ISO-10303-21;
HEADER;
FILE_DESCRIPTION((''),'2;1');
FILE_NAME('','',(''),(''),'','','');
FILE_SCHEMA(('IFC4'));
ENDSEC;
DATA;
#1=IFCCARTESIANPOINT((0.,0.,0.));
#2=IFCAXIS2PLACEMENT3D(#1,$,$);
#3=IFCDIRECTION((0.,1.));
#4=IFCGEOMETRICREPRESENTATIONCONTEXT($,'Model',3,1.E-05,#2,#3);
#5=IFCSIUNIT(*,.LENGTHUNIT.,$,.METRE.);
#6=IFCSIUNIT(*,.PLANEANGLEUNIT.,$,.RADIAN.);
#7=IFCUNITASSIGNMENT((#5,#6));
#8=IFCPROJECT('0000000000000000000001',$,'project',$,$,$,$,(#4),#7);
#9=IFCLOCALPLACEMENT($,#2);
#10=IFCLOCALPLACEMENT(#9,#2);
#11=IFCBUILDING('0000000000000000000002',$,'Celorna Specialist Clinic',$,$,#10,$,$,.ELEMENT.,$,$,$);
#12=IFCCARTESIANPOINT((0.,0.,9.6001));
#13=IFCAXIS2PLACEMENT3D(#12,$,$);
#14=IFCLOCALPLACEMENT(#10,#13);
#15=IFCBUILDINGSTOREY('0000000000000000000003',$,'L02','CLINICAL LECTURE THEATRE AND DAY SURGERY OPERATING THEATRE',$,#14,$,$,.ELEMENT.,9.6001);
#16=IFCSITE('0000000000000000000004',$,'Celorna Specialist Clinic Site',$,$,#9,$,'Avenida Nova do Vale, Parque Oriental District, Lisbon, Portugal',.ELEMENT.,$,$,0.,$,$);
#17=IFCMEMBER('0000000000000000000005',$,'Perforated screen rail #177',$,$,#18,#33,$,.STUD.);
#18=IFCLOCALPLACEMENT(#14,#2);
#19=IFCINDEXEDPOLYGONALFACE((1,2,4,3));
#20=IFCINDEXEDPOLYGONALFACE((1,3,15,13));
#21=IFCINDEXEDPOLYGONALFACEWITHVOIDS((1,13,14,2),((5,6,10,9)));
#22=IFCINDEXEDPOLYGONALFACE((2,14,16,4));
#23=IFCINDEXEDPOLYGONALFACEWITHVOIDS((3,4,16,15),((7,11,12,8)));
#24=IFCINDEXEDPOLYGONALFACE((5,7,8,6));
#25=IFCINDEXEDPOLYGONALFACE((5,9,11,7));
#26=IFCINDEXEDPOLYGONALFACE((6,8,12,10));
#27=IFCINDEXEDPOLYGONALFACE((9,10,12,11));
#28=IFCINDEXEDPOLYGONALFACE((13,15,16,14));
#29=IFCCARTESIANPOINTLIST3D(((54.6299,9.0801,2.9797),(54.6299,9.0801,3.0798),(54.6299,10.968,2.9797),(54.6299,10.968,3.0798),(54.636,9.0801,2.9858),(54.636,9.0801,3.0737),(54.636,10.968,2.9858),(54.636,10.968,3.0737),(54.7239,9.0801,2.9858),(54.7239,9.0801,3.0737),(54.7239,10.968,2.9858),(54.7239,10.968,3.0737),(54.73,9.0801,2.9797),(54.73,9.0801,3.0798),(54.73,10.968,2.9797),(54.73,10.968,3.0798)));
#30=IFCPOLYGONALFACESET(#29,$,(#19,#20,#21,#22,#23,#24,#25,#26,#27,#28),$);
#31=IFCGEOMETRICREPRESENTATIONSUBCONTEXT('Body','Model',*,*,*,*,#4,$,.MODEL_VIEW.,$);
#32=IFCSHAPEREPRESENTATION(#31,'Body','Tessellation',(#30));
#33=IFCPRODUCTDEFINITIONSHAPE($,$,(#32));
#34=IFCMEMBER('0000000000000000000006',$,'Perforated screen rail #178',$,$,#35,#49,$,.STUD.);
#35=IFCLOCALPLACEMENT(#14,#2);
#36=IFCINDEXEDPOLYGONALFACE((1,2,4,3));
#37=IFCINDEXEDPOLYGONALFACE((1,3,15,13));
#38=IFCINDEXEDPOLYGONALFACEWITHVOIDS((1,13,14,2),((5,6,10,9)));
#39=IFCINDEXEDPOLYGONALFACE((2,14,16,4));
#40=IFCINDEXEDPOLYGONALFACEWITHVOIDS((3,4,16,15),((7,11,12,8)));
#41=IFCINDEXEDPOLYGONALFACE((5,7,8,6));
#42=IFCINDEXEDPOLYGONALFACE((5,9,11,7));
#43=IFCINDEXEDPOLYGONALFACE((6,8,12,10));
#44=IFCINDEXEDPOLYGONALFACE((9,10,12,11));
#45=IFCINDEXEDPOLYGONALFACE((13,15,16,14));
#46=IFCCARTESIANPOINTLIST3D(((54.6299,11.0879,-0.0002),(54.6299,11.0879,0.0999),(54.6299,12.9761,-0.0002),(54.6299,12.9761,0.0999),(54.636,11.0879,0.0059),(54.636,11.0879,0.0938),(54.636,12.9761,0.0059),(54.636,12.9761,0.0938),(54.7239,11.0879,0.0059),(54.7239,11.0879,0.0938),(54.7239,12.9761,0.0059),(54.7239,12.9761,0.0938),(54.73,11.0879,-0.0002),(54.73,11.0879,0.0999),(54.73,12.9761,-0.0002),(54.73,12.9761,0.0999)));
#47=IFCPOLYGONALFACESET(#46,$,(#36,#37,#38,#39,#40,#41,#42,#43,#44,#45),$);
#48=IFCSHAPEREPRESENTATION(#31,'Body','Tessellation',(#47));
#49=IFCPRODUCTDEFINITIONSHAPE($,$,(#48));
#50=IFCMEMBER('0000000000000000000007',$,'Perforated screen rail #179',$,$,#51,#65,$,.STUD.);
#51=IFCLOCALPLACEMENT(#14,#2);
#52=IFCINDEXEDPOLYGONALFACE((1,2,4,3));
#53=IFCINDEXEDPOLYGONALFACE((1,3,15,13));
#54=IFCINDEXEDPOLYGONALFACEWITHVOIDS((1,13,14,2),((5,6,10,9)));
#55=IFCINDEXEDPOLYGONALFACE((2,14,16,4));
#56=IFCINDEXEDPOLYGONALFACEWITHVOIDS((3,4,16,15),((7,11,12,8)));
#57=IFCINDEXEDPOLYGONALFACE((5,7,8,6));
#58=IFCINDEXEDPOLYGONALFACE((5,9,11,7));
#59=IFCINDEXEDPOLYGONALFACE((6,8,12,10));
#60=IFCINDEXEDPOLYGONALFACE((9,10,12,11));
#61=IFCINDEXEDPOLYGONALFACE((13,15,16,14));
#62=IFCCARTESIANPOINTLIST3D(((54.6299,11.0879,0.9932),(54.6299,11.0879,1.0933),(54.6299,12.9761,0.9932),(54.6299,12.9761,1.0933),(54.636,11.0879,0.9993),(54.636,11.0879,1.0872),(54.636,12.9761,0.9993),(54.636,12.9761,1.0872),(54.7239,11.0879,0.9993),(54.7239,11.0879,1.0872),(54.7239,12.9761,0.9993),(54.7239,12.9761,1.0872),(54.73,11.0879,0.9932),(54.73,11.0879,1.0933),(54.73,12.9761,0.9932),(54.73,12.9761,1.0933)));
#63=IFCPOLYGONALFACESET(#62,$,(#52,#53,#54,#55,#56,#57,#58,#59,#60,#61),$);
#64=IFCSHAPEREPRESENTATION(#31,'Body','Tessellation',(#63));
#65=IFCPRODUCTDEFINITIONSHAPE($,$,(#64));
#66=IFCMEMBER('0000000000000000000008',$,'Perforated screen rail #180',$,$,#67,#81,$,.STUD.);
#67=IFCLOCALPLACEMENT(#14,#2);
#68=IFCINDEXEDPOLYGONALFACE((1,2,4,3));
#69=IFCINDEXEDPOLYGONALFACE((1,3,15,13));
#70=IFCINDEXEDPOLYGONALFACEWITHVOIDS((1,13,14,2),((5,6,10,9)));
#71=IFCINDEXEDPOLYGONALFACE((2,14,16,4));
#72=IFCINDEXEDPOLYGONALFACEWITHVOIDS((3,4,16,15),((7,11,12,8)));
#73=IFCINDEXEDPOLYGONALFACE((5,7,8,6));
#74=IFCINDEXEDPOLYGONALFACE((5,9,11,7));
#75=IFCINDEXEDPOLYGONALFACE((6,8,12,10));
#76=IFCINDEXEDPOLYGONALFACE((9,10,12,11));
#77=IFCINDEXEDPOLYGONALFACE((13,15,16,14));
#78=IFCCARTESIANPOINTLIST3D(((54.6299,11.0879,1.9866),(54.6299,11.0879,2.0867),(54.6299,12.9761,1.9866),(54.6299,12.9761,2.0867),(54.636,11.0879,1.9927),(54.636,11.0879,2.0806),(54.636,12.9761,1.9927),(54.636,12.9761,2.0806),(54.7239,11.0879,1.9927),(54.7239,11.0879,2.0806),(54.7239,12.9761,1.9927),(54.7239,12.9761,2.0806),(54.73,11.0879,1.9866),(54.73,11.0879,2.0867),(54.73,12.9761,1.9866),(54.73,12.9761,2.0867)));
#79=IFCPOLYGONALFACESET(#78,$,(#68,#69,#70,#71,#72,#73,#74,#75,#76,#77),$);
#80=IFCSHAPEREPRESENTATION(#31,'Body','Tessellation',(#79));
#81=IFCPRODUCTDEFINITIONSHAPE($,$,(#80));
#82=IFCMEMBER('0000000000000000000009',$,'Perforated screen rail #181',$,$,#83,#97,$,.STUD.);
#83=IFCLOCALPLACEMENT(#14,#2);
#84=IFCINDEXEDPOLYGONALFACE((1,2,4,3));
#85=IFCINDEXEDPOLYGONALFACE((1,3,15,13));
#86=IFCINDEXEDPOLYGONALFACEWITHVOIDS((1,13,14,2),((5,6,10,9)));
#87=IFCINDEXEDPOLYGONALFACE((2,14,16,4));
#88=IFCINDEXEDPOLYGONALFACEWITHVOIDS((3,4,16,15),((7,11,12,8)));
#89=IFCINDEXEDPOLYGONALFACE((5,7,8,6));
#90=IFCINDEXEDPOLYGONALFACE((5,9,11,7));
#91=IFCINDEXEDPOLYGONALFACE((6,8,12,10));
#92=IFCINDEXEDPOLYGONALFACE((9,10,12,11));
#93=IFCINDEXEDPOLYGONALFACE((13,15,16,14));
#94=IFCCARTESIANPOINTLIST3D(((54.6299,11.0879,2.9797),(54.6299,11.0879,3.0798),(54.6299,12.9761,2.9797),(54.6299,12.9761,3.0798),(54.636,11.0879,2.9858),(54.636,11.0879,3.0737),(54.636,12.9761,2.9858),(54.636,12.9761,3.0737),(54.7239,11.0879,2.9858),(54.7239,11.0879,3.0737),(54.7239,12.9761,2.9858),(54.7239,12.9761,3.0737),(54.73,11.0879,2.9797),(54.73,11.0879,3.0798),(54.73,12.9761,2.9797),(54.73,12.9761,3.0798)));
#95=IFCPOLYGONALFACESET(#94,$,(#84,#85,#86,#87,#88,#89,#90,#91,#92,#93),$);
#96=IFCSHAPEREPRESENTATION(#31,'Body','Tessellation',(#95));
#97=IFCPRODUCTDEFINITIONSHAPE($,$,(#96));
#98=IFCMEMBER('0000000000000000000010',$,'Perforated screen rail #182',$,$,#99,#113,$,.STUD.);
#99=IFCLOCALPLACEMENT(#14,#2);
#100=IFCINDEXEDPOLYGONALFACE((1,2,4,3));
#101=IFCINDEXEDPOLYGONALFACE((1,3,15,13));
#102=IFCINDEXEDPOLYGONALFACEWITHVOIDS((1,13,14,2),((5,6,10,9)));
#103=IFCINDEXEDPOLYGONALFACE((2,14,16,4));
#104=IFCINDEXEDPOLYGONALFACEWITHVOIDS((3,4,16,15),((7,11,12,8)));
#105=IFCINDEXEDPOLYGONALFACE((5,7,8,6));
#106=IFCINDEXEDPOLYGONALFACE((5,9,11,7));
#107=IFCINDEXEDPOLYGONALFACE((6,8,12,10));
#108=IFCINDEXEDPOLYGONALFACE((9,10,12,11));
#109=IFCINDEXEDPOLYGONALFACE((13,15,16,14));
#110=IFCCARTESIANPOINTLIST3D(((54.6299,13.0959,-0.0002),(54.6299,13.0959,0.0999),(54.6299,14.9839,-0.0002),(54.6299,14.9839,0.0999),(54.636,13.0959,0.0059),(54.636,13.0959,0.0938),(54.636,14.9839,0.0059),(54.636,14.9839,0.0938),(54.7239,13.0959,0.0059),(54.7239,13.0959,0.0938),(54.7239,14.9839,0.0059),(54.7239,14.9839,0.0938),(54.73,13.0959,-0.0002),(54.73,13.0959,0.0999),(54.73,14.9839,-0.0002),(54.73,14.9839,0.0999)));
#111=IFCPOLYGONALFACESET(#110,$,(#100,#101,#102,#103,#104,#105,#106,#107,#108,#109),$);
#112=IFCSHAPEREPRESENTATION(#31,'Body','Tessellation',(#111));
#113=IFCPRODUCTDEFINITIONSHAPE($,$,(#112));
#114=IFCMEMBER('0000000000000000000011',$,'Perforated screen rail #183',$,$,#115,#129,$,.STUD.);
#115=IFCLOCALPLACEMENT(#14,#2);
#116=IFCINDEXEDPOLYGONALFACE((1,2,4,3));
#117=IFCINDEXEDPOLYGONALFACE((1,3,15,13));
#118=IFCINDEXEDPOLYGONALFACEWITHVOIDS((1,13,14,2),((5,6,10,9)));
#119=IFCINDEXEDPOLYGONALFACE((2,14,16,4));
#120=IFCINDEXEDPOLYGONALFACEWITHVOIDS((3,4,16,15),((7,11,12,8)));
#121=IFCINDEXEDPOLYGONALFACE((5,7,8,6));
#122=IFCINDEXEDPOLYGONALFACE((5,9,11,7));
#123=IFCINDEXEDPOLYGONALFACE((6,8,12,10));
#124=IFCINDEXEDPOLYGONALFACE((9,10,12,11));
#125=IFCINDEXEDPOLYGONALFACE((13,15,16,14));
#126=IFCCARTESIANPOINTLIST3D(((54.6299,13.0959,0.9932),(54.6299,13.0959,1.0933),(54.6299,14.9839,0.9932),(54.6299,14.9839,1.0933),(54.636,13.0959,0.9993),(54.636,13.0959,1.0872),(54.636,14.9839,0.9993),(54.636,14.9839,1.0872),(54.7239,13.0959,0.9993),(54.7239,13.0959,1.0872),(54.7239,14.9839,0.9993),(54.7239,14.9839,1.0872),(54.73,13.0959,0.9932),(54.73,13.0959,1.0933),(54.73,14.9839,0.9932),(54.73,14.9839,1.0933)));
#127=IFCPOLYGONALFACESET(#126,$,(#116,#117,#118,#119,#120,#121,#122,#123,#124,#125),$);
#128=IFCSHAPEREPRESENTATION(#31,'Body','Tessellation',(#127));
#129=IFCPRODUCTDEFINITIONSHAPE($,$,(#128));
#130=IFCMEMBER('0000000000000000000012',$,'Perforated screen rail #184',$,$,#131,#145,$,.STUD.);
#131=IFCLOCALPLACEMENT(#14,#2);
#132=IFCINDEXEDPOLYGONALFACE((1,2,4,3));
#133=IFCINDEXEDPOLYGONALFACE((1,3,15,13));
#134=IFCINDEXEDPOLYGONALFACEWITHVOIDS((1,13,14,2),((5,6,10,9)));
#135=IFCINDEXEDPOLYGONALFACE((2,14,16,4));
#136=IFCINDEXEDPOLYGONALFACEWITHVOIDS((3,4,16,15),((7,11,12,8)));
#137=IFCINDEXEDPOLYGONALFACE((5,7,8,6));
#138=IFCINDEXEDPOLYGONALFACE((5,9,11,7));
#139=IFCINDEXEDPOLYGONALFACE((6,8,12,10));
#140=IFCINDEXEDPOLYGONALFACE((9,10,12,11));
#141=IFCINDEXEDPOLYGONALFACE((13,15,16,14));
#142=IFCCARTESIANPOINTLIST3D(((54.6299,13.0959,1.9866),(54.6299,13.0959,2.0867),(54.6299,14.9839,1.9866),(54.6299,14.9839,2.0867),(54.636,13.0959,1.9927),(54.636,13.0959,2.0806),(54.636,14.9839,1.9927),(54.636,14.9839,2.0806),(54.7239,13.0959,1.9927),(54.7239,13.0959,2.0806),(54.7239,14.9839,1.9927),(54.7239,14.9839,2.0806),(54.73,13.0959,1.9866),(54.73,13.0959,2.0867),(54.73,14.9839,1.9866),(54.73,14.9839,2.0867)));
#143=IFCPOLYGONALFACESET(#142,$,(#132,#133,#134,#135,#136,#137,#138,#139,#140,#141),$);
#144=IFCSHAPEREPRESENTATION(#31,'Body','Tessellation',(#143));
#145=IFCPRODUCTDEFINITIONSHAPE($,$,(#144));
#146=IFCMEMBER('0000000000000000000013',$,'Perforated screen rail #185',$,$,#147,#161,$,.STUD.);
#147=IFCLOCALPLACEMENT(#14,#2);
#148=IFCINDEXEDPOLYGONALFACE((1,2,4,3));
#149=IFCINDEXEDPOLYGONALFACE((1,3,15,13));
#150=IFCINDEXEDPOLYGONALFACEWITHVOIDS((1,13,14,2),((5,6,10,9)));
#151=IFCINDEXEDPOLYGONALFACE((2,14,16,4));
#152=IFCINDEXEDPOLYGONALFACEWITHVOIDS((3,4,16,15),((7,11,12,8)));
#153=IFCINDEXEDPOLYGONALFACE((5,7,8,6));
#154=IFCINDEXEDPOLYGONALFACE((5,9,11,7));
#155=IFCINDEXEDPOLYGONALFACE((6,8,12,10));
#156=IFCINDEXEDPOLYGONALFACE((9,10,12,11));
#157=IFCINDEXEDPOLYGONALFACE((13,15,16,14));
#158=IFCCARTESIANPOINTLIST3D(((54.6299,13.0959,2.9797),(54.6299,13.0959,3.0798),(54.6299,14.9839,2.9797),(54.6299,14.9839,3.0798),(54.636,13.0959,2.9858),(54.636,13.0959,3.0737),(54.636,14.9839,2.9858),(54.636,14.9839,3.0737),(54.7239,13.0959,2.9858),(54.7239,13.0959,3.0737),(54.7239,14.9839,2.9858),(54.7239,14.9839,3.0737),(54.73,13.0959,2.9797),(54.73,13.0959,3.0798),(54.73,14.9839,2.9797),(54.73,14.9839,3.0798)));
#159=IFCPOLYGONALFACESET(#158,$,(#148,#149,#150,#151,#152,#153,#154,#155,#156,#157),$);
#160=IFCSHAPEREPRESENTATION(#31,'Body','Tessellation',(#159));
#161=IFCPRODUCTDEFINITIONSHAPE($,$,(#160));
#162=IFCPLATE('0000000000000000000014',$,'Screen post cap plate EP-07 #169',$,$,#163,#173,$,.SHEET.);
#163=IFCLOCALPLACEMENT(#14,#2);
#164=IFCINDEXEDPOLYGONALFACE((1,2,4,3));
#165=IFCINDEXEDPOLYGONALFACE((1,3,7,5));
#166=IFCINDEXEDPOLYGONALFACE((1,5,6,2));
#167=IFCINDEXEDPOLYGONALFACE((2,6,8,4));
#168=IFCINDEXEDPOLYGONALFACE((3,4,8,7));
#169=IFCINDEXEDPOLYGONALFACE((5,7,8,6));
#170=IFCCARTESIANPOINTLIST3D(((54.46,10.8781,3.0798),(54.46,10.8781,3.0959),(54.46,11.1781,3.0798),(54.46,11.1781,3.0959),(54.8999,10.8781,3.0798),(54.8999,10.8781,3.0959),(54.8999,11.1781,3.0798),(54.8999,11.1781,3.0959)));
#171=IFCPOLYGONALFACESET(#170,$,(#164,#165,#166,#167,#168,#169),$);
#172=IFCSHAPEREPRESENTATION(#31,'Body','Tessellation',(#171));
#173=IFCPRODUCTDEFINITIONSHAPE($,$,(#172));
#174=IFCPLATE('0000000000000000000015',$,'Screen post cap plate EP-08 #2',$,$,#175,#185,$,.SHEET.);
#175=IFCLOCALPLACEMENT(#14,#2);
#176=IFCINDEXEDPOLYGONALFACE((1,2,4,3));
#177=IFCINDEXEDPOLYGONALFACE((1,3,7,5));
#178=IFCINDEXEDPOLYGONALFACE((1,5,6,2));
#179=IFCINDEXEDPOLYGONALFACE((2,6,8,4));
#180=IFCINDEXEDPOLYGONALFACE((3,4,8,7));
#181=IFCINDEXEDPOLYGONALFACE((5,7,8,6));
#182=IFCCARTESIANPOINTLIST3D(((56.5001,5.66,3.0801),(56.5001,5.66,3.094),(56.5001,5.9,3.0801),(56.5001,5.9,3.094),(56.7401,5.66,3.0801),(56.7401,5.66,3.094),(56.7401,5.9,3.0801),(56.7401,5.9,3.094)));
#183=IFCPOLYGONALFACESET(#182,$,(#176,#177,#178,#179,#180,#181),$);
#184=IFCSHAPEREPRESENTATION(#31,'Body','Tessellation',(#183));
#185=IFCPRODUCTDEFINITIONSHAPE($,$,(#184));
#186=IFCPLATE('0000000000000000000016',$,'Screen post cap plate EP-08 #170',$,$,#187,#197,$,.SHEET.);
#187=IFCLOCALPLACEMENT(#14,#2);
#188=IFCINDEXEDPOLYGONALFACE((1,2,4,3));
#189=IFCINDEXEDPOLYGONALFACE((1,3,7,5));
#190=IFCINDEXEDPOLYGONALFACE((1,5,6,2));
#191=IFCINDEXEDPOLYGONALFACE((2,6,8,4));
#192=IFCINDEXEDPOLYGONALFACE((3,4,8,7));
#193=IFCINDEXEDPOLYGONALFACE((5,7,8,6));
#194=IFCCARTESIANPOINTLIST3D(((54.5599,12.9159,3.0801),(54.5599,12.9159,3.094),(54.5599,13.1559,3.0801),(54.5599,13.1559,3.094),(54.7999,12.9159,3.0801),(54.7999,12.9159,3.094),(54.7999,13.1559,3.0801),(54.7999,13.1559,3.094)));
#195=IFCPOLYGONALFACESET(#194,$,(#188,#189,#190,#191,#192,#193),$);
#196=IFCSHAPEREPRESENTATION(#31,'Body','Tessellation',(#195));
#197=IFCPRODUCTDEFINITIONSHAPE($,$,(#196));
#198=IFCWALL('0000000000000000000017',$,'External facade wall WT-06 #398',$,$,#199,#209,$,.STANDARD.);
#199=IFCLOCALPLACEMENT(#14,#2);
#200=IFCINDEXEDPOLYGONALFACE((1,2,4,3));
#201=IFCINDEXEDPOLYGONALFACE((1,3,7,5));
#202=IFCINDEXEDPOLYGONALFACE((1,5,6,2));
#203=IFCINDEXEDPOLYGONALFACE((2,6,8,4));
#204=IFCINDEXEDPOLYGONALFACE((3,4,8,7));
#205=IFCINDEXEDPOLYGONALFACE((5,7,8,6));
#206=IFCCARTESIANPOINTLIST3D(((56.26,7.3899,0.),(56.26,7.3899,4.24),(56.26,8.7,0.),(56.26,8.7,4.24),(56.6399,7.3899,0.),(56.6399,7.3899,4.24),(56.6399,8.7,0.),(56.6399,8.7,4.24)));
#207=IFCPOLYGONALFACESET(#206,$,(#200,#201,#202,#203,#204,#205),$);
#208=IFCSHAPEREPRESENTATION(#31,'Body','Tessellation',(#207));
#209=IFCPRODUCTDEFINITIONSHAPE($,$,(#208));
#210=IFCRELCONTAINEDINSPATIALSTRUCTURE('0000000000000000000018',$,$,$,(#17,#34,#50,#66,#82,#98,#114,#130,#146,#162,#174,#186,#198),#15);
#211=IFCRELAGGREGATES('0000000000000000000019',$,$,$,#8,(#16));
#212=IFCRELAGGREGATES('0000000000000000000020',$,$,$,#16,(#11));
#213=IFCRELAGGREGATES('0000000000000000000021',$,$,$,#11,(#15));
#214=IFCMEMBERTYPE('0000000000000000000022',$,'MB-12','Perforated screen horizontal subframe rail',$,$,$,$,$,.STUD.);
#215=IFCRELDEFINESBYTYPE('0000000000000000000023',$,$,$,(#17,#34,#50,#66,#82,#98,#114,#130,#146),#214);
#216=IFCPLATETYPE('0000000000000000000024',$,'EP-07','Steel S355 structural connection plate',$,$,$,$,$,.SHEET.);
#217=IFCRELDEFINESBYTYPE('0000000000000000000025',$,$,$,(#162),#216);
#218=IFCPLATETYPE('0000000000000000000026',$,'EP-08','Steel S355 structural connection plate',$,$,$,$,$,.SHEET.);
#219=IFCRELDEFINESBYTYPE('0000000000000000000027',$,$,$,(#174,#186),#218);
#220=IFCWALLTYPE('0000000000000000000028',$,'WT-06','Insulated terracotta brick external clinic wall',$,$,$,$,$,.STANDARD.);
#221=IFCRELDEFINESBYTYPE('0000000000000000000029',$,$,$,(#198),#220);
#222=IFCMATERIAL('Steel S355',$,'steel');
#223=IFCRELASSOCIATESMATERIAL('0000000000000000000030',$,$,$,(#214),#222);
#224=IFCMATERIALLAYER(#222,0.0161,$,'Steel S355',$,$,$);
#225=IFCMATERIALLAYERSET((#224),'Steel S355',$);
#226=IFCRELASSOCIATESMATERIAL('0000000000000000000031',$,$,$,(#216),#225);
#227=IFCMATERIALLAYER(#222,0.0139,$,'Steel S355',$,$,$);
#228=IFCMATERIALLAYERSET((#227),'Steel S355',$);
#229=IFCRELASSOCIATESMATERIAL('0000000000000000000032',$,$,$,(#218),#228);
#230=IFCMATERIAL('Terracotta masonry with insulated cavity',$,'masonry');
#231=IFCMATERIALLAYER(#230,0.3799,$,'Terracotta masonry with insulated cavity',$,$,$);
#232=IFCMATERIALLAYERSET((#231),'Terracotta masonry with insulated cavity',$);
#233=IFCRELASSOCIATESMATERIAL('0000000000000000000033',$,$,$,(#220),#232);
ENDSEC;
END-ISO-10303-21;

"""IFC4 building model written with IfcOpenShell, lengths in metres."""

from ifc_helpers import new_model, si_unit, direction, frame, frame_2d, origin, origin_2d, place, context, subcontext, project, spatial, rectangle, hollow_rectangle, extrude, material, layer, layer_set, material_profile, profile_set, type_object, element, save


model = new_model("IFC4")

# Units and contexts
model_context = context("Model", 3, precision=1e-05, world=origin(), true_north=direction((0.0, 1.0)))
body_context = subcontext(model_context, "Body", "Model", "MODEL_VIEW")
ifc_project = project(units=[si_unit("LENGTHUNIT", "METRE"), si_unit("PLANEANGLEUNIT", "RADIAN")], contexts=[model_context])

# Site, building, storey
site_placement = place(None, origin())
site = spatial("IfcSite", under=ifc_project, at=site_placement, Name="Celorna Specialist Clinic Site", LongName="Avenida Nova do Vale, Parque Oriental District, Lisbon, Portugal", CompositionType="ELEMENT", RefElevation=0.0)
building_placement = place(site_placement, origin())
building = spatial("IfcBuilding", under=site, at=building_placement, Name="Celorna Specialist Clinic", CompositionType="ELEMENT")
storey_placement = place(building_placement, frame((0.0, 0.0, 9.6001)))
storey = spatial("IfcBuildingStorey", under=building, at=storey_placement, Name="L02", Description="CLINICAL LECTURE THEATRE AND DAY SURGERY OPERATING THEATRE", CompositionType="ELEMENT", Elevation=9.6001)

# Members
ifc_material_1 = material(Name="Steel S355", Category="steel")
ifc_material_profile_1 = material_profile(ifc_material_1, hollow_rectangle(XDim=0.1001, YDim=0.1001, WallThickness=0.0061, at=origin_2d()), Name="SHS 100x100x6")
ifc_profile_set_1 = profile_set([ifc_material_profile_1], Name="Steel S355")
member_type_1 = type_object("IfcMemberType", Name="MB-12", Description="Perforated screen horizontal subframe rail", PredefinedType="STUD", material=ifc_profile_set_1)
for number, where, z_axis, x_axis, name in (
    (1, (54.6799, 9.0801, 3.0298), (0.0, 1.0, 0.0), (-1.0, 0.0, 0.0), "Perforated screen rail #177"),
):
    element("IfcMember", number, at=place(storey_placement, frame(where, z_axis=z_axis, x_axis=x_axis)), inside=storey, type_object=member_type_1, Name=name, PredefinedType="STUD", context=body_context, shape_type="SweptSolid", body=[
        extrude(hollow_rectangle(XDim=0.1001, YDim=0.1001, WallThickness=0.0061, at=origin_2d()), origin(), (0.0, 0.0, 1.0), 1.8879),
    ])
for number, where, z_axis, x_axis, name in (
    (2, (54.6799, 11.0879, 0.0498), (0.0, 1.0, 0.0), (-1.0, 0.0, 0.0), "Perforated screen rail #178"),
    (3, (54.6799, 11.0879, 1.0432), (0.0, 1.0, 0.0), (-1.0, 0.0, 0.0), "Perforated screen rail #179"),
    (4, (54.6799, 11.0879, 2.0366), (0.0, 1.0, 0.0), (-1.0, 0.0, 0.0), "Perforated screen rail #180"),
    (5, (54.6799, 11.0879, 3.0298), (0.0, 1.0, 0.0), (-1.0, 0.0, 0.0), "Perforated screen rail #181"),
):
    element("IfcMember", number, at=place(storey_placement, frame(where, z_axis=z_axis, x_axis=x_axis)), inside=storey, type_object=member_type_1, Name=name, PredefinedType="STUD", context=body_context, shape_type="SweptSolid", body=[
        extrude(hollow_rectangle(XDim=0.1001, YDim=0.1001, WallThickness=0.0061, at=origin_2d()), origin(), (0.0, 0.0, 1.0), 1.8882),
    ])
for number, where, z_axis, x_axis, name in (
    (6, (54.6799, 13.0959, 0.0498), (0.0, 1.0, 0.0), (-1.0, 0.0, 0.0), "Perforated screen rail #182"),
    (7, (54.6799, 13.0959, 1.0432), (0.0, 1.0, 0.0), (-1.0, 0.0, 0.0), "Perforated screen rail #183"),
    (8, (54.6799, 13.0959, 2.0366), (0.0, 1.0, 0.0), (-1.0, 0.0, 0.0), "Perforated screen rail #184"),
    (9, (54.6799, 13.0959, 3.0298), (0.0, 1.0, 0.0), (-1.0, 0.0, 0.0), "Perforated screen rail #185"),
):
    element("IfcMember", number, at=place(storey_placement, frame(where, z_axis=z_axis, x_axis=x_axis)), inside=storey, type_object=member_type_1, Name=name, PredefinedType="STUD", context=body_context, shape_type="SweptSolid", body=[
        extrude(hollow_rectangle(XDim=0.1001, YDim=0.1001, WallThickness=0.0061, at=origin_2d()), origin(), (0.0, 0.0, 1.0), 1.8879),
    ])

# Plates
ifc_layer_1 = layer(ifc_material_1, 0.0161, Name="Steel S355")
ifc_layer_set_1 = layer_set([ifc_layer_1], Name="Steel S355")
plate_type_1 = type_object("IfcPlateType", Name="EP-07", Description="Steel S355 structural connection plate", PredefinedType="SHEET", material=ifc_layer_set_1)
plate_placement = place(storey_placement, frame((54.6799, 11.0281, 3.0798), z_axis=(0.0, 0.0, 1.0), x_axis=(0.0, 1.0, 0.0)))
element("IfcPlate", 10, at=plate_placement, inside=storey, type_object=plate_type_1, Name="Screen post cap plate EP-07 #169", PredefinedType="SHEET", context=body_context, shape_type="SweptSolid", body=[
    extrude(rectangle(XDim=0.3, YDim=0.4399, at=origin_2d()), origin(), (0.0, 0.0, 1.0), 0.0161),
])
ifc_layer_2 = layer(ifc_material_1, 0.0139, Name="Steel S355")
ifc_layer_set_2 = layer_set([ifc_layer_2], Name="Steel S355")
plate_type_2 = type_object("IfcPlateType", Name="EP-08", Description="Steel S355 structural connection plate", PredefinedType="SHEET", material=ifc_layer_set_2)
for number, where, z_axis, x_axis, name in (
    (11, (56.6201, 5.78, 3.0801), (0.0, 0.0, 1.0), (1.0, 0.0, 0.0), "Screen post cap plate EP-08 #2"),
    (12, (54.6799, 13.0359, 3.0801), (0.0, 0.0, 1.0), (0.0, 1.0, 0.0), "Screen post cap plate EP-08 #170"),
):
    element("IfcPlate", number, at=place(storey_placement, frame(where, z_axis=z_axis, x_axis=x_axis)), inside=storey, type_object=plate_type_2, Name=name, PredefinedType="SHEET", context=body_context, shape_type="SweptSolid", body=[
        extrude(rectangle(XDim=0.24, YDim=0.24, at=origin_2d()), origin(), (0.0, 0.0, 1.0), 0.0139),
    ])

# Wall
ifc_material_2 = material(Name="Terracotta masonry with insulated cavity", Category="masonry")
ifc_layer_3 = layer(ifc_material_2, 0.3799, Name="Terracotta masonry with insulated cavity")
ifc_layer_set_3 = layer_set([ifc_layer_3], Name="Terracotta masonry with insulated cavity")
wall_type = type_object("IfcWallType", Name="WT-06", Description="Insulated terracotta brick external clinic wall", PredefinedType="STANDARD", material=ifc_layer_set_3)
wall_1_placement = place(storey_placement, frame((56.45, 7.3899, 0.0), z_axis=(0.0, 0.0, 1.0), x_axis=(0.0, 1.0, 0.0)))
element("IfcWall", 13, at=wall_1_placement, inside=storey, type_object=wall_type, Name="External facade wall WT-06 #398", PredefinedType="STANDARD", context=body_context, shape_type="SweptSolid", body=[
    extrude(rectangle(XDim=1.3101, YDim=0.3799, at=frame_2d((0.655, 0.0))), origin(), (0.0, 0.0, 1.0), 4.24),
])

save(model, "model.ifc")
